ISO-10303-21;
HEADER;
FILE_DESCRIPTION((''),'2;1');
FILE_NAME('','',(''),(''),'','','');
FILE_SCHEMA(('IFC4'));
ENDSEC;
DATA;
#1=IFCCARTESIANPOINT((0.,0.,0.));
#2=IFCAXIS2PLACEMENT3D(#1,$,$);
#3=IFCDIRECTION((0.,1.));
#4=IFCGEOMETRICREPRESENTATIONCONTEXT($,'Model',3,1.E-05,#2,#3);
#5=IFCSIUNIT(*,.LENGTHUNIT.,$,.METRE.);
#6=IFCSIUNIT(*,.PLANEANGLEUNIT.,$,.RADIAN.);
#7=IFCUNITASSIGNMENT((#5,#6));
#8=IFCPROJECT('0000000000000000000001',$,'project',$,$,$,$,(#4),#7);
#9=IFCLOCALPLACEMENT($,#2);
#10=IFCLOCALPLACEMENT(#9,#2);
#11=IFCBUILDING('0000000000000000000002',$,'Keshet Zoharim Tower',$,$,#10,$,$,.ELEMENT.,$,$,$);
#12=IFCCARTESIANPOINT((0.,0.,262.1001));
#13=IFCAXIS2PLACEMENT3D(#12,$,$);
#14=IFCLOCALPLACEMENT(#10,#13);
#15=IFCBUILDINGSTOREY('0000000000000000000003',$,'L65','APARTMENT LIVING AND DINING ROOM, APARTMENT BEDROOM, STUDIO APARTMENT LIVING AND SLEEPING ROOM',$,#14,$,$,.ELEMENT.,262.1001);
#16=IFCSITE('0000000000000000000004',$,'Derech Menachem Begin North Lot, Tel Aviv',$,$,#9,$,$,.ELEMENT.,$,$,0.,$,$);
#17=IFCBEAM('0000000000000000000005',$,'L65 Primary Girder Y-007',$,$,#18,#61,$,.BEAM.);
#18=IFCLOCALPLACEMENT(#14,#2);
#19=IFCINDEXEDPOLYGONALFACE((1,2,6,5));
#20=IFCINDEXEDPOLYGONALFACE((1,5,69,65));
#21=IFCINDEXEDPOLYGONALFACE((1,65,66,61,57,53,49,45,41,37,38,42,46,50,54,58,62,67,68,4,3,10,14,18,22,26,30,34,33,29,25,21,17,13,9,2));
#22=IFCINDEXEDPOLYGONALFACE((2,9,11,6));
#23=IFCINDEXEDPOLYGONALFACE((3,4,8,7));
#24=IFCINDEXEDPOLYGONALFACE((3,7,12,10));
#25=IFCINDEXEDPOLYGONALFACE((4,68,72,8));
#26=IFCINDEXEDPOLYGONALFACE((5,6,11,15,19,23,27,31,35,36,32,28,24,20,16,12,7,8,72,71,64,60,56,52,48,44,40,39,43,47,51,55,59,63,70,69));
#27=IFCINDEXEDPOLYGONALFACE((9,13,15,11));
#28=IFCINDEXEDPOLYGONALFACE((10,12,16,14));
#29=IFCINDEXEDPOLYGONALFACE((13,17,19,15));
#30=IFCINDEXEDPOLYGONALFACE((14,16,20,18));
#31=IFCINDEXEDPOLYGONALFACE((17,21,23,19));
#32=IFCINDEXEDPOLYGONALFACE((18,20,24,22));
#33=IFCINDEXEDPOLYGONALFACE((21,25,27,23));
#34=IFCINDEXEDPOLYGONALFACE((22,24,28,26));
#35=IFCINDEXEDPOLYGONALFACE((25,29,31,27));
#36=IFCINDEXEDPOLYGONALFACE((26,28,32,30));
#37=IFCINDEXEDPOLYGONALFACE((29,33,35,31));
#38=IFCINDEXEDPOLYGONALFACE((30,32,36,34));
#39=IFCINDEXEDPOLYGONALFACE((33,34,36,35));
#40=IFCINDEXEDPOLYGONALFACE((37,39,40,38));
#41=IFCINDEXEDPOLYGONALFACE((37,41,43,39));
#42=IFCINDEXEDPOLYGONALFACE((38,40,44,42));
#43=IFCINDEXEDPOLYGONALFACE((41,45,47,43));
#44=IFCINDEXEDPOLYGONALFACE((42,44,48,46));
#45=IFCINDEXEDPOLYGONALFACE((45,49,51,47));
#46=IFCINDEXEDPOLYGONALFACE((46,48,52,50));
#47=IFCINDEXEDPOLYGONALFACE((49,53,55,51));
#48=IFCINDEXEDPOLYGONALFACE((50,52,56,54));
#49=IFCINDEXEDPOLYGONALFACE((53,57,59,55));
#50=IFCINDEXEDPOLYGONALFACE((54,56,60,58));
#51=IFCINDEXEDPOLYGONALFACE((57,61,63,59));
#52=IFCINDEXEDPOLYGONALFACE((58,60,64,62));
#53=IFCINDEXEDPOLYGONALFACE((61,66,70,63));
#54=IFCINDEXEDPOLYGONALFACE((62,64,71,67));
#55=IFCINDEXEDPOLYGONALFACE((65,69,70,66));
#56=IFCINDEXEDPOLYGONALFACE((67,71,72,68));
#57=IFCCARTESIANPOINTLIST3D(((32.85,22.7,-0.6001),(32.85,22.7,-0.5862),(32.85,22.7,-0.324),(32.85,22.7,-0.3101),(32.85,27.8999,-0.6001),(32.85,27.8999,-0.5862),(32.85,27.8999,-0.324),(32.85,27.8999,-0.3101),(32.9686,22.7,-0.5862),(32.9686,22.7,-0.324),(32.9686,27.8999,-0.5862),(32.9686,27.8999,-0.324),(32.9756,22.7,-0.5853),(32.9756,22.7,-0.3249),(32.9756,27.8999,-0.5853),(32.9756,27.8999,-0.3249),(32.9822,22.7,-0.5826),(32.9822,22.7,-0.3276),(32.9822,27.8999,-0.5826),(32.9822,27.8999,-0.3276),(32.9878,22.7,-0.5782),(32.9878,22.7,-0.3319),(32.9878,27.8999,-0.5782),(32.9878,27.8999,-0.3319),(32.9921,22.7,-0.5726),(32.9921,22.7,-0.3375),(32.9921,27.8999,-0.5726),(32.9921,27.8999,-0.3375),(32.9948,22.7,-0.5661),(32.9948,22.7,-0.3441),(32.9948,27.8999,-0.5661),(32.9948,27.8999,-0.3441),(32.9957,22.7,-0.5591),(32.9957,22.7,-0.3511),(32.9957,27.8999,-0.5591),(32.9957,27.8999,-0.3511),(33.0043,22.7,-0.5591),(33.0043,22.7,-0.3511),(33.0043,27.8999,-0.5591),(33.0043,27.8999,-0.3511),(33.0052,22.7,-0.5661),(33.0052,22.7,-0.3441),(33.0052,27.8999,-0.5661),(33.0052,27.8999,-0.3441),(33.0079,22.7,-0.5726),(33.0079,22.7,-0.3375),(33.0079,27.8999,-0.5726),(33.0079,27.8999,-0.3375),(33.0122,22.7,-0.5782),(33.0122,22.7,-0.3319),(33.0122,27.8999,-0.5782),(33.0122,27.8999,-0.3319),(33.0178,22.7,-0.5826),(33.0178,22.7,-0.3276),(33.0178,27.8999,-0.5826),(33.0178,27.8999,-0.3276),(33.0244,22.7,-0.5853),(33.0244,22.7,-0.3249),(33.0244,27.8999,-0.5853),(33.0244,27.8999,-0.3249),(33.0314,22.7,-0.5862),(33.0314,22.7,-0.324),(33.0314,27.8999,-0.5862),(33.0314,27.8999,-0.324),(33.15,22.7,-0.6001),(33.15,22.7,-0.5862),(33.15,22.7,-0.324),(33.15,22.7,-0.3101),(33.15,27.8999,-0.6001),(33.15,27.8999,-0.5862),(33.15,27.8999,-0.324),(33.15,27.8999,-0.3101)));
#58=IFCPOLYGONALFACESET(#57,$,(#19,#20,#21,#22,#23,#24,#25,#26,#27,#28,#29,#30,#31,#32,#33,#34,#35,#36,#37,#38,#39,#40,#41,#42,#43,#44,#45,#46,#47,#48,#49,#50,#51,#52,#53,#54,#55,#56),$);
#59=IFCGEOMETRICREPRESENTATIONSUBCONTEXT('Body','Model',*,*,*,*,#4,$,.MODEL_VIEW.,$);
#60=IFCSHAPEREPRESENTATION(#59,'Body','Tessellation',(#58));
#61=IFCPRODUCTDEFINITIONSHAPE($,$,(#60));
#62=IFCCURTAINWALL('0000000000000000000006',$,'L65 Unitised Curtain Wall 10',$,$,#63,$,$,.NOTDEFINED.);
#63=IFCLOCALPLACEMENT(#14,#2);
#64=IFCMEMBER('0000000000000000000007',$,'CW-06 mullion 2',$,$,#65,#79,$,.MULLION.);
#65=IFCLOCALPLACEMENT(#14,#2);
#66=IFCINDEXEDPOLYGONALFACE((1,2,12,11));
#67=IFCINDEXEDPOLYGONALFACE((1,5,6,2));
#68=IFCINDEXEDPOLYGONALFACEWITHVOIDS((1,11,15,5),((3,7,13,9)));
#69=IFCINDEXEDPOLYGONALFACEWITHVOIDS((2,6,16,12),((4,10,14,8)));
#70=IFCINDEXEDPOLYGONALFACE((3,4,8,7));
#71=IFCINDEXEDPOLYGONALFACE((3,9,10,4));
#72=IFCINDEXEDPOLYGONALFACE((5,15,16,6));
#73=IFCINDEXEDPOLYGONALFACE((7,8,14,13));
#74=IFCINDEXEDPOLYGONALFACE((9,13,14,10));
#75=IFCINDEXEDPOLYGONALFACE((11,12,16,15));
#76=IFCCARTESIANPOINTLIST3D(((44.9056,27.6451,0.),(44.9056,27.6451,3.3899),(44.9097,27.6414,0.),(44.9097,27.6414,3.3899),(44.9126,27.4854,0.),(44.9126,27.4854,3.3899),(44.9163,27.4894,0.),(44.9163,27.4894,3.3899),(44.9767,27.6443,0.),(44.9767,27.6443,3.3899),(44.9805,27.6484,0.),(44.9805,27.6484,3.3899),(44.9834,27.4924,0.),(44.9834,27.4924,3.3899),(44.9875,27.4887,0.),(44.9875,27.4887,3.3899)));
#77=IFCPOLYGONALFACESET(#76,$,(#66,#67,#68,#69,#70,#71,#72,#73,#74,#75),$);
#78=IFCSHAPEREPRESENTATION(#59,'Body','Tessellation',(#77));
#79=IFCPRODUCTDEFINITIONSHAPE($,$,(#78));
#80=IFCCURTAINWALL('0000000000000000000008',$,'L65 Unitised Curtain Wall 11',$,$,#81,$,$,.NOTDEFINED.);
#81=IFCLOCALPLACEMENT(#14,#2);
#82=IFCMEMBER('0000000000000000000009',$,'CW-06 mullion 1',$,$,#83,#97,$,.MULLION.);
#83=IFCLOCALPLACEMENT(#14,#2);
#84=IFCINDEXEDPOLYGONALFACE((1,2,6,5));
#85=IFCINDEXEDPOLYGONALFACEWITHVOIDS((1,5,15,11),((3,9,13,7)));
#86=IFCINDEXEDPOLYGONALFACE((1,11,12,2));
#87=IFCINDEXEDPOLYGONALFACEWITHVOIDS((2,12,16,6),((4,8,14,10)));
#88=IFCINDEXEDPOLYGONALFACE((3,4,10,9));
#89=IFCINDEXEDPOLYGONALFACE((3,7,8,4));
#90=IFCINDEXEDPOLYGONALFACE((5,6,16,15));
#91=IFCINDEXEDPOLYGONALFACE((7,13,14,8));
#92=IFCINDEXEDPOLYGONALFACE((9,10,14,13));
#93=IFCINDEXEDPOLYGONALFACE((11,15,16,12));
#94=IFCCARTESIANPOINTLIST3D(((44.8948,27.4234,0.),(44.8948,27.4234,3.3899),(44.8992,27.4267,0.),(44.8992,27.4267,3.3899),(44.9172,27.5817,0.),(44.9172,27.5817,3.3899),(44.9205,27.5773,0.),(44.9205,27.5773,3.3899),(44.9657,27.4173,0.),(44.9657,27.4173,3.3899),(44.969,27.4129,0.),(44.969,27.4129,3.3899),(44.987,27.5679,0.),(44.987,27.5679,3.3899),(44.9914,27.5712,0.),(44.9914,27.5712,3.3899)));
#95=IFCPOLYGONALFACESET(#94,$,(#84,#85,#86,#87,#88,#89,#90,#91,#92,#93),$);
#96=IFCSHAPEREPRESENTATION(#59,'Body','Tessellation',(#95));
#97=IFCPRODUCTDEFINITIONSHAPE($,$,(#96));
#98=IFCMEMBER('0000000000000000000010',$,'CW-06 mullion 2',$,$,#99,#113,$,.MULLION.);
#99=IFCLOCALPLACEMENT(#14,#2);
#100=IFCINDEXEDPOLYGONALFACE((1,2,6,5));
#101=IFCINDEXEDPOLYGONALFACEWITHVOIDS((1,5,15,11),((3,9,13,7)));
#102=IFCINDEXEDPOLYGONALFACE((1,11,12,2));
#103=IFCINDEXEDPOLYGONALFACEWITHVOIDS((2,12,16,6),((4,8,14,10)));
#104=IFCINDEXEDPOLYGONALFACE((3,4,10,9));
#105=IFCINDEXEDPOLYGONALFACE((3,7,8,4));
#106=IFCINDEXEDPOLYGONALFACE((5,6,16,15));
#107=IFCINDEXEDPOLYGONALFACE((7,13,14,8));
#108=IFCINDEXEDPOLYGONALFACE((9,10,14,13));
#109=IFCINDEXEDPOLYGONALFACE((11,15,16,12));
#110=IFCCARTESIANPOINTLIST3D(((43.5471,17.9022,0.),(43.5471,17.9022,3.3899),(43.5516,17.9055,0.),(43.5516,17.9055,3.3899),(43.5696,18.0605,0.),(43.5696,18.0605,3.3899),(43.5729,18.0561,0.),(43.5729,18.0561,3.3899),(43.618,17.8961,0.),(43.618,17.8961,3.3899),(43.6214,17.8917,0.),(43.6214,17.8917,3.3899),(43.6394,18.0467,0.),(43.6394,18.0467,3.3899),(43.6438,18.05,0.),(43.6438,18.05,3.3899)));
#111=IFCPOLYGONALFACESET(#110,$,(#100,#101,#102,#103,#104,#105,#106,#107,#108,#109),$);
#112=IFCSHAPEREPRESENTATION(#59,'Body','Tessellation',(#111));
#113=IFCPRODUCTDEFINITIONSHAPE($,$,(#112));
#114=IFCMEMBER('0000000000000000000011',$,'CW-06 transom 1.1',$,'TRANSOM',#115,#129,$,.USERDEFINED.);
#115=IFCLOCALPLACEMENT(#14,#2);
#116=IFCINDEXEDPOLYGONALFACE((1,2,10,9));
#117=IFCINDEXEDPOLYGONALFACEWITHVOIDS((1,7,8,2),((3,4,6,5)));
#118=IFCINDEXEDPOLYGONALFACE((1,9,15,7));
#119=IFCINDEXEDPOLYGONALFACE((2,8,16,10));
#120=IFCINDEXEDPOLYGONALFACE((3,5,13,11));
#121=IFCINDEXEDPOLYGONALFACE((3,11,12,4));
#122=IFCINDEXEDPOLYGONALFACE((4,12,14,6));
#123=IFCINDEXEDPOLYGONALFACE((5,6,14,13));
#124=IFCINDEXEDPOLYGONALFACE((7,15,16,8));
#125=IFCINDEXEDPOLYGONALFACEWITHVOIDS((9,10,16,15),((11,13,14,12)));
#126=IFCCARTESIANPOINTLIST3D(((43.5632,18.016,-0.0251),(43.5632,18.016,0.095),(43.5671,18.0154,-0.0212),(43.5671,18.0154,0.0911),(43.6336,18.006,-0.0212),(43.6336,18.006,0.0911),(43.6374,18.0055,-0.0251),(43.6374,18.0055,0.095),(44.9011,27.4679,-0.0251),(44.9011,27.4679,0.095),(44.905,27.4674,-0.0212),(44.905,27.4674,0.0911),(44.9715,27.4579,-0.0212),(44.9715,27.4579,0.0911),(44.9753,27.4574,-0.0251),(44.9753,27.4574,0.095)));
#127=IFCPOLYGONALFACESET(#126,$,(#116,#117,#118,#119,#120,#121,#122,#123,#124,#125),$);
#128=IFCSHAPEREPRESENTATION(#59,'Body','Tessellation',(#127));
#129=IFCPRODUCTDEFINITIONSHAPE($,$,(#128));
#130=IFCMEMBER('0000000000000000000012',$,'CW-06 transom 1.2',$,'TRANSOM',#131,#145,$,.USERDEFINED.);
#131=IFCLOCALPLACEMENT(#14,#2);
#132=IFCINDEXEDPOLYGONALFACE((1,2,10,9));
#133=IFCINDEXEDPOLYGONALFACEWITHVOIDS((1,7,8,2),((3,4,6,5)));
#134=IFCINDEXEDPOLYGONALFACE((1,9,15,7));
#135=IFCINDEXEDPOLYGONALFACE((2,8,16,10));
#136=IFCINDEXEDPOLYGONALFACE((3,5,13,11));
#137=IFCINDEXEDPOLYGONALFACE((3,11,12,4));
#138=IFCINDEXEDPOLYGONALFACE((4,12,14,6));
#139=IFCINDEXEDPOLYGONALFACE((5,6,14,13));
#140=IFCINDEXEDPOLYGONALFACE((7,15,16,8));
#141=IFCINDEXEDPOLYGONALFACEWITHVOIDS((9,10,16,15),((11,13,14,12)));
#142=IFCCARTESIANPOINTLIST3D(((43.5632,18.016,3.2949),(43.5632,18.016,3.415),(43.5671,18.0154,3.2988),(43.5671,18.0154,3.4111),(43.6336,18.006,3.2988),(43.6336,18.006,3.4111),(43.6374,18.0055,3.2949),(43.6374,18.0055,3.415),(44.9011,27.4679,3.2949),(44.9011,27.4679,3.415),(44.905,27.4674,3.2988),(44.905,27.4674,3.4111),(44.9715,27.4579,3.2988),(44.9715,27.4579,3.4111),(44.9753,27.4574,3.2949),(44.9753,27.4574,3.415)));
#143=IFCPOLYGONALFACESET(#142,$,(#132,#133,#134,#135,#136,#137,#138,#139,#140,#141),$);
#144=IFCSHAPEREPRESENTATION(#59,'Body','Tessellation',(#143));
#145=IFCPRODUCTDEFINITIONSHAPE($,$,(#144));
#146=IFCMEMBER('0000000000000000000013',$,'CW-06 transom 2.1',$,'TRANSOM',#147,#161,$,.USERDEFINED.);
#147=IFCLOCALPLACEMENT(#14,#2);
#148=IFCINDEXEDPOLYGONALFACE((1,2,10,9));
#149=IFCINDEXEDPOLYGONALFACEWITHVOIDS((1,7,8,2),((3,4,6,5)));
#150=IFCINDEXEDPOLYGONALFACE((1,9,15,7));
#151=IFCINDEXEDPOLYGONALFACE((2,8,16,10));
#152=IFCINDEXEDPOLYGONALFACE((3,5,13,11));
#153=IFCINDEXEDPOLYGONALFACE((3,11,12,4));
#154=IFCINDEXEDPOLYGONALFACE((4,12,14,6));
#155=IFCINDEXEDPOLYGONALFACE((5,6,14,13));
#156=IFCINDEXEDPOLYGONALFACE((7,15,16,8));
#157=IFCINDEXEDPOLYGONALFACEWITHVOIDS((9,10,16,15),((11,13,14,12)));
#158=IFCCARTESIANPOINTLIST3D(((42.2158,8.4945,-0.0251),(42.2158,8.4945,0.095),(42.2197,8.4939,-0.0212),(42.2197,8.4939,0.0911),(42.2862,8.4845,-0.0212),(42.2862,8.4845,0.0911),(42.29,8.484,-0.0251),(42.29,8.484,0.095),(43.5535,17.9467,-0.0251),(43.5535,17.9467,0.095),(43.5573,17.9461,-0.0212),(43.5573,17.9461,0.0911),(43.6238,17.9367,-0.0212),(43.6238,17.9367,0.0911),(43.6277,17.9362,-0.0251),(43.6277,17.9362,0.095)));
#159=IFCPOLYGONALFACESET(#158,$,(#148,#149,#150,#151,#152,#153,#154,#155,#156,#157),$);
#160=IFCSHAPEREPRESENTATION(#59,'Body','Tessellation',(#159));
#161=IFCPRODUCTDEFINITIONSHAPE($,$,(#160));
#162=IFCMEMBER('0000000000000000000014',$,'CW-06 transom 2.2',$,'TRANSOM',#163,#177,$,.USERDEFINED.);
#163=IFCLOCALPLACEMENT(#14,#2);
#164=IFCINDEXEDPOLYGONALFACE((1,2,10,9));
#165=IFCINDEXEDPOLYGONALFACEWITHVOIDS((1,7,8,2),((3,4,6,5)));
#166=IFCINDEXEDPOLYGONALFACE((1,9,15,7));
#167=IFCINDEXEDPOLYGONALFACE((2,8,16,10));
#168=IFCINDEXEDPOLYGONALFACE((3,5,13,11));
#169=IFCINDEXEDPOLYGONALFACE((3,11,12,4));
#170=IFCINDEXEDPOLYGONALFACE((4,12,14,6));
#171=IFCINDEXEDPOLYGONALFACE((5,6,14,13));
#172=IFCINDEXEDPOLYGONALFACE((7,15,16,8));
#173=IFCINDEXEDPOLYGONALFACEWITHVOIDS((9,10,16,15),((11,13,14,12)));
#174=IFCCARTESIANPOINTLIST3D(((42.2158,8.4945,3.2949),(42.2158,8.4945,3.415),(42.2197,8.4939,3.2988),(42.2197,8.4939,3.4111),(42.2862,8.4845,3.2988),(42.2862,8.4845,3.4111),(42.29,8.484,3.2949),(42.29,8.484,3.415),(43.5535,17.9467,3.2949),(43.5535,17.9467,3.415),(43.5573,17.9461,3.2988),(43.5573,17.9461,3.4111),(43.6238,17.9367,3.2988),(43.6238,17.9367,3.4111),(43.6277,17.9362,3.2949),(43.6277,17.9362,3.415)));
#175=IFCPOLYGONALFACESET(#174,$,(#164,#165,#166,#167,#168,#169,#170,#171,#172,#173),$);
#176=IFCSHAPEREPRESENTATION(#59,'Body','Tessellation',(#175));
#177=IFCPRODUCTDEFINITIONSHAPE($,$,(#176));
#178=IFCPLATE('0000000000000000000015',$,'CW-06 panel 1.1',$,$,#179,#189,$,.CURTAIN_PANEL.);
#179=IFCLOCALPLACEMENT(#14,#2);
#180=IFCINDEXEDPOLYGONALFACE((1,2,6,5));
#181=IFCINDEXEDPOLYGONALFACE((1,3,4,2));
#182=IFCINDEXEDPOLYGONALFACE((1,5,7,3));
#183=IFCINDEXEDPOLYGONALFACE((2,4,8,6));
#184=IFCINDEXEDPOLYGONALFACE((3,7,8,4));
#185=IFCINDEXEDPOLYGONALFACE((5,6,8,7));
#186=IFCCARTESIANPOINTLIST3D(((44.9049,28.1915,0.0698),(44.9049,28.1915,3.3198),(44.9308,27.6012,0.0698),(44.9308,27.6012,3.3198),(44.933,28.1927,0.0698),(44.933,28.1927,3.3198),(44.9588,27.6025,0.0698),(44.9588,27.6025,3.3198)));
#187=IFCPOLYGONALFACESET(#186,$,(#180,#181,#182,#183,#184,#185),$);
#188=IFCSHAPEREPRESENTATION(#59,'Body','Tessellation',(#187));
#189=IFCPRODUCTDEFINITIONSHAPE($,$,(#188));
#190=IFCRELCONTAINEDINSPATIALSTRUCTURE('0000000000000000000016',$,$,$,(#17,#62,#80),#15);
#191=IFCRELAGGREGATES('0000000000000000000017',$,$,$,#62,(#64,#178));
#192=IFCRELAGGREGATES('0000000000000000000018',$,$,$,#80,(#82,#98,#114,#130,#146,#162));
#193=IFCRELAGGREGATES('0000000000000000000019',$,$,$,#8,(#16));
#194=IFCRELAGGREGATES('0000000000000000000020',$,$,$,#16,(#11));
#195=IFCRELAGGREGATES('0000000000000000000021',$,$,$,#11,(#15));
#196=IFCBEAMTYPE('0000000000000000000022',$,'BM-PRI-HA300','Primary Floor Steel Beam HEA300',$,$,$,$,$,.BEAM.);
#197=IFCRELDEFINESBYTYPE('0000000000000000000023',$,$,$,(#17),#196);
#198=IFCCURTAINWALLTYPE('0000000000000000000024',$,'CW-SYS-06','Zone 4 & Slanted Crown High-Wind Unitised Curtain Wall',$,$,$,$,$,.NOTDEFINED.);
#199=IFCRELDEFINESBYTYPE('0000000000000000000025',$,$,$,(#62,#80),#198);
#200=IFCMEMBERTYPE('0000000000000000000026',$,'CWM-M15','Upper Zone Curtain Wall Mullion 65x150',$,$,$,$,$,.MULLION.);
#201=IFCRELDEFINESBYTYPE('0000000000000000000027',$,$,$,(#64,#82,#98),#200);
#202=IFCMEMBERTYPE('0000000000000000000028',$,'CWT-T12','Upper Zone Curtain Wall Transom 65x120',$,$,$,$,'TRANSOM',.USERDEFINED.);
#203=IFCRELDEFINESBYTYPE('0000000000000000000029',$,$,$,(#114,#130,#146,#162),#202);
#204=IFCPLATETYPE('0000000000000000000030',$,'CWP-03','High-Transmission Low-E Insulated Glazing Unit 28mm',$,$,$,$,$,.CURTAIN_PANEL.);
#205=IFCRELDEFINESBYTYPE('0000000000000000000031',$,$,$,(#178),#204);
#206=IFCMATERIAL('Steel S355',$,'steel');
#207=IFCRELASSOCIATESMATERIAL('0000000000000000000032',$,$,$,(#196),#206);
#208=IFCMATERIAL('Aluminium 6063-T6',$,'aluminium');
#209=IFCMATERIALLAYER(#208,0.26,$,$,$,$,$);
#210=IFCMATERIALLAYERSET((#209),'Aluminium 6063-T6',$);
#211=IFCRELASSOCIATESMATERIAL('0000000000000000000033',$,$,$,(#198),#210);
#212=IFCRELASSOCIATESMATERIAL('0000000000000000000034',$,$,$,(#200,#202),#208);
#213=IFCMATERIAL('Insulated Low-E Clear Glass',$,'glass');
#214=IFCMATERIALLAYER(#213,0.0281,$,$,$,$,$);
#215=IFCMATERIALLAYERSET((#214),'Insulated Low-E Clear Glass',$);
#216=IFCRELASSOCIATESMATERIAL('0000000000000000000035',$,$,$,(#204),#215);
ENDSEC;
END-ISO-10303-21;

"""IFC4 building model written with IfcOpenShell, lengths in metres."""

from ifc_helpers import new_model, si_unit, direction, frame, origin, origin_2d, place, context, subcontext, project, spatial, rectangle, hollow_rectangle, i_section, extrude, material, layer, layer_set, material_profile, profile_set, type_object, element, aggregate, save


model = new_model("IFC4")

# Units and contexts
model_context = context("Model", 3, precision=1e-05, world=origin(), true_north=direction((0.0, 1.0)))
body_context = subcontext(model_context, "Body", "Model", "MODEL_VIEW")
ifc_project = project(units=[si_unit("LENGTHUNIT", "METRE"), si_unit("PLANEANGLEUNIT", "RADIAN")], contexts=[model_context])

# Site, building, storey
site_placement = place(None, origin())
site = spatial("IfcSite", under=ifc_project, at=site_placement, Name="Derech Menachem Begin North Lot, Tel Aviv", CompositionType="ELEMENT", RefElevation=0.0)
building_placement = place(site_placement, origin())
building = spatial("IfcBuilding", under=site, at=building_placement, Name="Keshet Zoharim Tower", CompositionType="ELEMENT")
storey_placement = place(building_placement, frame((0.0, 0.0, 262.1001)))
storey = spatial("IfcBuildingStorey", under=building, at=storey_placement, Name="L65", Description="APARTMENT LIVING AND DINING ROOM, APARTMENT BEDROOM, STUDIO APARTMENT LIVING AND SLEEPING ROOM", CompositionType="ELEMENT", Elevation=262.1001)

# Shared definitions
ifc_material_1 = material(Name="Steel S355", Category="steel")

# Beam
ifc_material_profile_1 = material_profile(ifc_material_1, i_section(OverallWidth=0.3, OverallDepth=0.29, WebThickness=0.0085, FlangeThickness=0.0139, FilletRadius=0.0271, at=origin_2d()), Name="HEA300")
ifc_profile_set_1 = profile_set([ifc_material_profile_1], Name="Steel S355")
beam_type_1 = type_object("IfcBeamType", Name="BM-PRI-HA300", Description="Primary Floor Steel Beam HEA300", PredefinedType="BEAM", material=ifc_profile_set_1)
beam_1_placement = place(storey_placement, frame((33.0, 22.7, -0.4551), z_axis=(0.0, 1.0, 0.0), x_axis=(-1.0, 0.0, 0.0)))
element("IfcBeam", 1, at=beam_1_placement, inside=storey, type_object=beam_type_1, Name="L65 Primary Girder Y-007", PredefinedType="BEAM", context=body_context, shape_type="SweptSolid", body=[
    extrude(i_section(OverallWidth=0.3, OverallDepth=0.29, WebThickness=0.0085, FlangeThickness=0.0139, FilletRadius=0.0271, at=origin_2d()), origin(), (0.0, 0.0, 1.0), 5.2),
])

# Curtain wall, member
ifc_material_2 = material(Name="Aluminium 6063-T6", Category="aluminium")
ifc_layer_1 = layer(ifc_material_2, 0.26)
ifc_layer_set_1 = layer_set([ifc_layer_1], Name="Aluminium 6063-T6")
curtain_wall_type = type_object("IfcCurtainWallType", Name="CW-SYS-06", Description="Zone 4 & Slanted Crown High-Wind Unitised Curtain Wall", PredefinedType="NOTDEFINED", material=ifc_layer_set_1)
curtain_wall_1_placement = place(storey_placement, origin())
curtain_wall_1 = element("IfcCurtainWall", 2, at=curtain_wall_1_placement, inside=storey, type_object=curtain_wall_type, Name="L65 Unitised Curtain Wall 10", PredefinedType="NOTDEFINED")
ifc_material_profile_2 = material_profile(ifc_material_2, hollow_rectangle(XDim=0.075, YDim=0.1599, WallThickness=0.0039, at=origin_2d()), Name="MUL-75x160")
ifc_profile_set_2 = profile_set([ifc_material_profile_2], Name="Aluminium 6063-T6")
member_type_1 = type_object("IfcMemberType", Name="CWM-M15", Description="Upper Zone Curtain Wall Mullion 65x150", PredefinedType="MULLION", material=ifc_profile_set_2)
member_1_placement = place(storey_placement, frame((44.9465, 27.5669, 0.0), z_axis=(0.0, 0.0, 1.0), x_axis=(0.999041, 0.043794, 0.0)))
member_1 = element("IfcMember", 3, at=member_1_placement, type_object=member_type_1, Name="CW-06 mullion 2", PredefinedType="MULLION", context=body_context, shape_type="SweptSolid", body=[
    extrude(hollow_rectangle(XDim=0.075, YDim=0.1599, WallThickness=0.0039, at=origin_2d()), origin(), (0.0, 0.0, 1.0), 3.3899),
])

# Curtain wall, members
curtain_wall_2_placement = place(storey_placement, origin())
curtain_wall_2 = element("IfcCurtainWall", 4, at=curtain_wall_2_placement, inside=storey, type_object=curtain_wall_type, Name="L65 Unitised Curtain Wall 11", PredefinedType="NOTDEFINED")
member_2_placement = place(storey_placement, frame((44.9431, 27.4973, 0.0), z_axis=(0.0, 0.0, 1.0), x_axis=(0.990132, -0.140137, 0.0)))
member_2 = element("IfcMember", 5, at=member_2_placement, type_object=member_type_1, Name="CW-06 mullion 1", PredefinedType="MULLION", context=body_context, shape_type="SweptSolid", body=[
    extrude(hollow_rectangle(XDim=0.075, YDim=0.1599, WallThickness=0.0039, at=origin_2d()), origin(), (0.0, 0.0, 1.0), 3.3899),
])
member_3_placement = place(storey_placement, frame((43.5955, 17.9761, 0.0), z_axis=(0.0, 0.0, 1.0), x_axis=(0.990132, -0.140137, 0.0)))
member_3 = element("IfcMember", 6, at=member_3_placement, type_object=member_type_1, Name="CW-06 mullion 2", PredefinedType="MULLION", context=body_context, shape_type="SweptSolid", body=[
    extrude(hollow_rectangle(XDim=0.075, YDim=0.1599, WallThickness=0.0039, at=origin_2d()), origin(), (0.0, 0.0, 1.0), 3.3899),
])
ifc_material_profile_3 = material_profile(ifc_material_2, hollow_rectangle(XDim=0.075, YDim=0.1201, WallThickness=0.0039, at=origin_2d()), Name="TRN-75x120")
ifc_profile_set_3 = profile_set([ifc_material_profile_3], Name="Aluminium 6063-T6")
member_type_2 = type_object("IfcMemberType", Name="CWT-T12", Description="Upper Zone Curtain Wall Transom 65x120", ElementType="TRANSOM", PredefinedType="USERDEFINED", material=ifc_profile_set_3)
member_4_placement = place(storey_placement, frame((44.9382, 27.4626, 0.0349), z_axis=(-0.14015, -0.99013, 0.0), x_axis=(0.99013, -0.14015, 0.0)))
member_4 = element("IfcMember", 7, at=member_4_placement, type_object=member_type_2, Name="CW-06 transom 1.1", ObjectType="TRANSOM", PredefinedType="USERDEFINED", context=body_context, shape_type="SweptSolid", body=[
    extrude(hollow_rectangle(XDim=0.075, YDim=0.1201, WallThickness=0.0039, at=origin_2d()), origin(), (0.0, 0.0, 1.0), 9.5461),
])
member_5_placement = place(storey_placement, frame((44.9382, 27.4626, 3.355), z_axis=(-0.14015, -0.99013, 0.0), x_axis=(0.99013, -0.14015, 0.0)))
member_5 = element("IfcMember", 8, at=member_5_placement, type_object=member_type_2, Name="CW-06 transom 1.2", ObjectType="TRANSOM", PredefinedType="USERDEFINED", context=body_context, shape_type="SweptSolid", body=[
    extrude(hollow_rectangle(XDim=0.075, YDim=0.1201, WallThickness=0.0039, at=origin_2d()), origin(), (0.0, 0.0, 1.0), 9.5461),
])
member_6_placement = place(storey_placement, frame((43.5906, 17.9414, 0.0349), z_axis=(-0.140122, -0.990134, 0.0), x_axis=(0.990134, -0.140122, 0.0)))
member_6 = element("IfcMember", 9, at=member_6_placement, type_object=member_type_2, Name="CW-06 transom 2.1", ObjectType="TRANSOM", PredefinedType="USERDEFINED", context=body_context, shape_type="SweptSolid", body=[
    extrude(hollow_rectangle(XDim=0.075, YDim=0.1201, WallThickness=0.0039, at=origin_2d()), origin(), (0.0, 0.0, 1.0), 9.5464),
])
member_7_placement = place(storey_placement, frame((43.5906, 17.9414, 3.355), z_axis=(-0.140122, -0.990134, 0.0), x_axis=(0.990134, -0.140122, 0.0)))
member_7 = element("IfcMember", 10, at=member_7_placement, type_object=member_type_2, Name="CW-06 transom 2.2", ObjectType="TRANSOM", PredefinedType="USERDEFINED", context=body_context, shape_type="SweptSolid", body=[
    extrude(hollow_rectangle(XDim=0.075, YDim=0.1201, WallThickness=0.0039, at=origin_2d()), origin(), (0.0, 0.0, 1.0), 9.5464),
])

# Plate
ifc_material_3 = material(Name="Insulated Low-E Clear Glass", Category="glass")
ifc_layer_2 = layer(ifc_material_3, 0.0281)
ifc_layer_set_2 = layer_set([ifc_layer_2], Name="Insulated Low-E Clear Glass")
plate_type = type_object("IfcPlateType", Name="CWP-03", Description="High-Transmission Low-E Insulated Glazing Unit 28mm", PredefinedType="CURTAIN_PANEL", material=ifc_layer_set_2)
plate_1_placement = place(storey_placement, frame((44.9319, 27.897, 0.0698), z_axis=(0.0, 0.0, 1.0), x_axis=(0.043794, -0.999041, 0.0)))
plate_1 = element("IfcPlate", 11, at=plate_1_placement, type_object=plate_type, Name="CW-06 panel 1.1", PredefinedType="CURTAIN_PANEL", context=body_context, shape_type="SweptSolid", body=[
    extrude(rectangle(XDim=0.5908, YDim=0.0281, at=origin_2d()), origin(), (0.0, 0.0, 1.0), 3.25),
])
aggregate(curtain_wall_1, [member_1, plate_1])
aggregate(curtain_wall_2, [member_2, member_3, member_4, member_5, member_6, member_7])

save(model, "model.ifc")
